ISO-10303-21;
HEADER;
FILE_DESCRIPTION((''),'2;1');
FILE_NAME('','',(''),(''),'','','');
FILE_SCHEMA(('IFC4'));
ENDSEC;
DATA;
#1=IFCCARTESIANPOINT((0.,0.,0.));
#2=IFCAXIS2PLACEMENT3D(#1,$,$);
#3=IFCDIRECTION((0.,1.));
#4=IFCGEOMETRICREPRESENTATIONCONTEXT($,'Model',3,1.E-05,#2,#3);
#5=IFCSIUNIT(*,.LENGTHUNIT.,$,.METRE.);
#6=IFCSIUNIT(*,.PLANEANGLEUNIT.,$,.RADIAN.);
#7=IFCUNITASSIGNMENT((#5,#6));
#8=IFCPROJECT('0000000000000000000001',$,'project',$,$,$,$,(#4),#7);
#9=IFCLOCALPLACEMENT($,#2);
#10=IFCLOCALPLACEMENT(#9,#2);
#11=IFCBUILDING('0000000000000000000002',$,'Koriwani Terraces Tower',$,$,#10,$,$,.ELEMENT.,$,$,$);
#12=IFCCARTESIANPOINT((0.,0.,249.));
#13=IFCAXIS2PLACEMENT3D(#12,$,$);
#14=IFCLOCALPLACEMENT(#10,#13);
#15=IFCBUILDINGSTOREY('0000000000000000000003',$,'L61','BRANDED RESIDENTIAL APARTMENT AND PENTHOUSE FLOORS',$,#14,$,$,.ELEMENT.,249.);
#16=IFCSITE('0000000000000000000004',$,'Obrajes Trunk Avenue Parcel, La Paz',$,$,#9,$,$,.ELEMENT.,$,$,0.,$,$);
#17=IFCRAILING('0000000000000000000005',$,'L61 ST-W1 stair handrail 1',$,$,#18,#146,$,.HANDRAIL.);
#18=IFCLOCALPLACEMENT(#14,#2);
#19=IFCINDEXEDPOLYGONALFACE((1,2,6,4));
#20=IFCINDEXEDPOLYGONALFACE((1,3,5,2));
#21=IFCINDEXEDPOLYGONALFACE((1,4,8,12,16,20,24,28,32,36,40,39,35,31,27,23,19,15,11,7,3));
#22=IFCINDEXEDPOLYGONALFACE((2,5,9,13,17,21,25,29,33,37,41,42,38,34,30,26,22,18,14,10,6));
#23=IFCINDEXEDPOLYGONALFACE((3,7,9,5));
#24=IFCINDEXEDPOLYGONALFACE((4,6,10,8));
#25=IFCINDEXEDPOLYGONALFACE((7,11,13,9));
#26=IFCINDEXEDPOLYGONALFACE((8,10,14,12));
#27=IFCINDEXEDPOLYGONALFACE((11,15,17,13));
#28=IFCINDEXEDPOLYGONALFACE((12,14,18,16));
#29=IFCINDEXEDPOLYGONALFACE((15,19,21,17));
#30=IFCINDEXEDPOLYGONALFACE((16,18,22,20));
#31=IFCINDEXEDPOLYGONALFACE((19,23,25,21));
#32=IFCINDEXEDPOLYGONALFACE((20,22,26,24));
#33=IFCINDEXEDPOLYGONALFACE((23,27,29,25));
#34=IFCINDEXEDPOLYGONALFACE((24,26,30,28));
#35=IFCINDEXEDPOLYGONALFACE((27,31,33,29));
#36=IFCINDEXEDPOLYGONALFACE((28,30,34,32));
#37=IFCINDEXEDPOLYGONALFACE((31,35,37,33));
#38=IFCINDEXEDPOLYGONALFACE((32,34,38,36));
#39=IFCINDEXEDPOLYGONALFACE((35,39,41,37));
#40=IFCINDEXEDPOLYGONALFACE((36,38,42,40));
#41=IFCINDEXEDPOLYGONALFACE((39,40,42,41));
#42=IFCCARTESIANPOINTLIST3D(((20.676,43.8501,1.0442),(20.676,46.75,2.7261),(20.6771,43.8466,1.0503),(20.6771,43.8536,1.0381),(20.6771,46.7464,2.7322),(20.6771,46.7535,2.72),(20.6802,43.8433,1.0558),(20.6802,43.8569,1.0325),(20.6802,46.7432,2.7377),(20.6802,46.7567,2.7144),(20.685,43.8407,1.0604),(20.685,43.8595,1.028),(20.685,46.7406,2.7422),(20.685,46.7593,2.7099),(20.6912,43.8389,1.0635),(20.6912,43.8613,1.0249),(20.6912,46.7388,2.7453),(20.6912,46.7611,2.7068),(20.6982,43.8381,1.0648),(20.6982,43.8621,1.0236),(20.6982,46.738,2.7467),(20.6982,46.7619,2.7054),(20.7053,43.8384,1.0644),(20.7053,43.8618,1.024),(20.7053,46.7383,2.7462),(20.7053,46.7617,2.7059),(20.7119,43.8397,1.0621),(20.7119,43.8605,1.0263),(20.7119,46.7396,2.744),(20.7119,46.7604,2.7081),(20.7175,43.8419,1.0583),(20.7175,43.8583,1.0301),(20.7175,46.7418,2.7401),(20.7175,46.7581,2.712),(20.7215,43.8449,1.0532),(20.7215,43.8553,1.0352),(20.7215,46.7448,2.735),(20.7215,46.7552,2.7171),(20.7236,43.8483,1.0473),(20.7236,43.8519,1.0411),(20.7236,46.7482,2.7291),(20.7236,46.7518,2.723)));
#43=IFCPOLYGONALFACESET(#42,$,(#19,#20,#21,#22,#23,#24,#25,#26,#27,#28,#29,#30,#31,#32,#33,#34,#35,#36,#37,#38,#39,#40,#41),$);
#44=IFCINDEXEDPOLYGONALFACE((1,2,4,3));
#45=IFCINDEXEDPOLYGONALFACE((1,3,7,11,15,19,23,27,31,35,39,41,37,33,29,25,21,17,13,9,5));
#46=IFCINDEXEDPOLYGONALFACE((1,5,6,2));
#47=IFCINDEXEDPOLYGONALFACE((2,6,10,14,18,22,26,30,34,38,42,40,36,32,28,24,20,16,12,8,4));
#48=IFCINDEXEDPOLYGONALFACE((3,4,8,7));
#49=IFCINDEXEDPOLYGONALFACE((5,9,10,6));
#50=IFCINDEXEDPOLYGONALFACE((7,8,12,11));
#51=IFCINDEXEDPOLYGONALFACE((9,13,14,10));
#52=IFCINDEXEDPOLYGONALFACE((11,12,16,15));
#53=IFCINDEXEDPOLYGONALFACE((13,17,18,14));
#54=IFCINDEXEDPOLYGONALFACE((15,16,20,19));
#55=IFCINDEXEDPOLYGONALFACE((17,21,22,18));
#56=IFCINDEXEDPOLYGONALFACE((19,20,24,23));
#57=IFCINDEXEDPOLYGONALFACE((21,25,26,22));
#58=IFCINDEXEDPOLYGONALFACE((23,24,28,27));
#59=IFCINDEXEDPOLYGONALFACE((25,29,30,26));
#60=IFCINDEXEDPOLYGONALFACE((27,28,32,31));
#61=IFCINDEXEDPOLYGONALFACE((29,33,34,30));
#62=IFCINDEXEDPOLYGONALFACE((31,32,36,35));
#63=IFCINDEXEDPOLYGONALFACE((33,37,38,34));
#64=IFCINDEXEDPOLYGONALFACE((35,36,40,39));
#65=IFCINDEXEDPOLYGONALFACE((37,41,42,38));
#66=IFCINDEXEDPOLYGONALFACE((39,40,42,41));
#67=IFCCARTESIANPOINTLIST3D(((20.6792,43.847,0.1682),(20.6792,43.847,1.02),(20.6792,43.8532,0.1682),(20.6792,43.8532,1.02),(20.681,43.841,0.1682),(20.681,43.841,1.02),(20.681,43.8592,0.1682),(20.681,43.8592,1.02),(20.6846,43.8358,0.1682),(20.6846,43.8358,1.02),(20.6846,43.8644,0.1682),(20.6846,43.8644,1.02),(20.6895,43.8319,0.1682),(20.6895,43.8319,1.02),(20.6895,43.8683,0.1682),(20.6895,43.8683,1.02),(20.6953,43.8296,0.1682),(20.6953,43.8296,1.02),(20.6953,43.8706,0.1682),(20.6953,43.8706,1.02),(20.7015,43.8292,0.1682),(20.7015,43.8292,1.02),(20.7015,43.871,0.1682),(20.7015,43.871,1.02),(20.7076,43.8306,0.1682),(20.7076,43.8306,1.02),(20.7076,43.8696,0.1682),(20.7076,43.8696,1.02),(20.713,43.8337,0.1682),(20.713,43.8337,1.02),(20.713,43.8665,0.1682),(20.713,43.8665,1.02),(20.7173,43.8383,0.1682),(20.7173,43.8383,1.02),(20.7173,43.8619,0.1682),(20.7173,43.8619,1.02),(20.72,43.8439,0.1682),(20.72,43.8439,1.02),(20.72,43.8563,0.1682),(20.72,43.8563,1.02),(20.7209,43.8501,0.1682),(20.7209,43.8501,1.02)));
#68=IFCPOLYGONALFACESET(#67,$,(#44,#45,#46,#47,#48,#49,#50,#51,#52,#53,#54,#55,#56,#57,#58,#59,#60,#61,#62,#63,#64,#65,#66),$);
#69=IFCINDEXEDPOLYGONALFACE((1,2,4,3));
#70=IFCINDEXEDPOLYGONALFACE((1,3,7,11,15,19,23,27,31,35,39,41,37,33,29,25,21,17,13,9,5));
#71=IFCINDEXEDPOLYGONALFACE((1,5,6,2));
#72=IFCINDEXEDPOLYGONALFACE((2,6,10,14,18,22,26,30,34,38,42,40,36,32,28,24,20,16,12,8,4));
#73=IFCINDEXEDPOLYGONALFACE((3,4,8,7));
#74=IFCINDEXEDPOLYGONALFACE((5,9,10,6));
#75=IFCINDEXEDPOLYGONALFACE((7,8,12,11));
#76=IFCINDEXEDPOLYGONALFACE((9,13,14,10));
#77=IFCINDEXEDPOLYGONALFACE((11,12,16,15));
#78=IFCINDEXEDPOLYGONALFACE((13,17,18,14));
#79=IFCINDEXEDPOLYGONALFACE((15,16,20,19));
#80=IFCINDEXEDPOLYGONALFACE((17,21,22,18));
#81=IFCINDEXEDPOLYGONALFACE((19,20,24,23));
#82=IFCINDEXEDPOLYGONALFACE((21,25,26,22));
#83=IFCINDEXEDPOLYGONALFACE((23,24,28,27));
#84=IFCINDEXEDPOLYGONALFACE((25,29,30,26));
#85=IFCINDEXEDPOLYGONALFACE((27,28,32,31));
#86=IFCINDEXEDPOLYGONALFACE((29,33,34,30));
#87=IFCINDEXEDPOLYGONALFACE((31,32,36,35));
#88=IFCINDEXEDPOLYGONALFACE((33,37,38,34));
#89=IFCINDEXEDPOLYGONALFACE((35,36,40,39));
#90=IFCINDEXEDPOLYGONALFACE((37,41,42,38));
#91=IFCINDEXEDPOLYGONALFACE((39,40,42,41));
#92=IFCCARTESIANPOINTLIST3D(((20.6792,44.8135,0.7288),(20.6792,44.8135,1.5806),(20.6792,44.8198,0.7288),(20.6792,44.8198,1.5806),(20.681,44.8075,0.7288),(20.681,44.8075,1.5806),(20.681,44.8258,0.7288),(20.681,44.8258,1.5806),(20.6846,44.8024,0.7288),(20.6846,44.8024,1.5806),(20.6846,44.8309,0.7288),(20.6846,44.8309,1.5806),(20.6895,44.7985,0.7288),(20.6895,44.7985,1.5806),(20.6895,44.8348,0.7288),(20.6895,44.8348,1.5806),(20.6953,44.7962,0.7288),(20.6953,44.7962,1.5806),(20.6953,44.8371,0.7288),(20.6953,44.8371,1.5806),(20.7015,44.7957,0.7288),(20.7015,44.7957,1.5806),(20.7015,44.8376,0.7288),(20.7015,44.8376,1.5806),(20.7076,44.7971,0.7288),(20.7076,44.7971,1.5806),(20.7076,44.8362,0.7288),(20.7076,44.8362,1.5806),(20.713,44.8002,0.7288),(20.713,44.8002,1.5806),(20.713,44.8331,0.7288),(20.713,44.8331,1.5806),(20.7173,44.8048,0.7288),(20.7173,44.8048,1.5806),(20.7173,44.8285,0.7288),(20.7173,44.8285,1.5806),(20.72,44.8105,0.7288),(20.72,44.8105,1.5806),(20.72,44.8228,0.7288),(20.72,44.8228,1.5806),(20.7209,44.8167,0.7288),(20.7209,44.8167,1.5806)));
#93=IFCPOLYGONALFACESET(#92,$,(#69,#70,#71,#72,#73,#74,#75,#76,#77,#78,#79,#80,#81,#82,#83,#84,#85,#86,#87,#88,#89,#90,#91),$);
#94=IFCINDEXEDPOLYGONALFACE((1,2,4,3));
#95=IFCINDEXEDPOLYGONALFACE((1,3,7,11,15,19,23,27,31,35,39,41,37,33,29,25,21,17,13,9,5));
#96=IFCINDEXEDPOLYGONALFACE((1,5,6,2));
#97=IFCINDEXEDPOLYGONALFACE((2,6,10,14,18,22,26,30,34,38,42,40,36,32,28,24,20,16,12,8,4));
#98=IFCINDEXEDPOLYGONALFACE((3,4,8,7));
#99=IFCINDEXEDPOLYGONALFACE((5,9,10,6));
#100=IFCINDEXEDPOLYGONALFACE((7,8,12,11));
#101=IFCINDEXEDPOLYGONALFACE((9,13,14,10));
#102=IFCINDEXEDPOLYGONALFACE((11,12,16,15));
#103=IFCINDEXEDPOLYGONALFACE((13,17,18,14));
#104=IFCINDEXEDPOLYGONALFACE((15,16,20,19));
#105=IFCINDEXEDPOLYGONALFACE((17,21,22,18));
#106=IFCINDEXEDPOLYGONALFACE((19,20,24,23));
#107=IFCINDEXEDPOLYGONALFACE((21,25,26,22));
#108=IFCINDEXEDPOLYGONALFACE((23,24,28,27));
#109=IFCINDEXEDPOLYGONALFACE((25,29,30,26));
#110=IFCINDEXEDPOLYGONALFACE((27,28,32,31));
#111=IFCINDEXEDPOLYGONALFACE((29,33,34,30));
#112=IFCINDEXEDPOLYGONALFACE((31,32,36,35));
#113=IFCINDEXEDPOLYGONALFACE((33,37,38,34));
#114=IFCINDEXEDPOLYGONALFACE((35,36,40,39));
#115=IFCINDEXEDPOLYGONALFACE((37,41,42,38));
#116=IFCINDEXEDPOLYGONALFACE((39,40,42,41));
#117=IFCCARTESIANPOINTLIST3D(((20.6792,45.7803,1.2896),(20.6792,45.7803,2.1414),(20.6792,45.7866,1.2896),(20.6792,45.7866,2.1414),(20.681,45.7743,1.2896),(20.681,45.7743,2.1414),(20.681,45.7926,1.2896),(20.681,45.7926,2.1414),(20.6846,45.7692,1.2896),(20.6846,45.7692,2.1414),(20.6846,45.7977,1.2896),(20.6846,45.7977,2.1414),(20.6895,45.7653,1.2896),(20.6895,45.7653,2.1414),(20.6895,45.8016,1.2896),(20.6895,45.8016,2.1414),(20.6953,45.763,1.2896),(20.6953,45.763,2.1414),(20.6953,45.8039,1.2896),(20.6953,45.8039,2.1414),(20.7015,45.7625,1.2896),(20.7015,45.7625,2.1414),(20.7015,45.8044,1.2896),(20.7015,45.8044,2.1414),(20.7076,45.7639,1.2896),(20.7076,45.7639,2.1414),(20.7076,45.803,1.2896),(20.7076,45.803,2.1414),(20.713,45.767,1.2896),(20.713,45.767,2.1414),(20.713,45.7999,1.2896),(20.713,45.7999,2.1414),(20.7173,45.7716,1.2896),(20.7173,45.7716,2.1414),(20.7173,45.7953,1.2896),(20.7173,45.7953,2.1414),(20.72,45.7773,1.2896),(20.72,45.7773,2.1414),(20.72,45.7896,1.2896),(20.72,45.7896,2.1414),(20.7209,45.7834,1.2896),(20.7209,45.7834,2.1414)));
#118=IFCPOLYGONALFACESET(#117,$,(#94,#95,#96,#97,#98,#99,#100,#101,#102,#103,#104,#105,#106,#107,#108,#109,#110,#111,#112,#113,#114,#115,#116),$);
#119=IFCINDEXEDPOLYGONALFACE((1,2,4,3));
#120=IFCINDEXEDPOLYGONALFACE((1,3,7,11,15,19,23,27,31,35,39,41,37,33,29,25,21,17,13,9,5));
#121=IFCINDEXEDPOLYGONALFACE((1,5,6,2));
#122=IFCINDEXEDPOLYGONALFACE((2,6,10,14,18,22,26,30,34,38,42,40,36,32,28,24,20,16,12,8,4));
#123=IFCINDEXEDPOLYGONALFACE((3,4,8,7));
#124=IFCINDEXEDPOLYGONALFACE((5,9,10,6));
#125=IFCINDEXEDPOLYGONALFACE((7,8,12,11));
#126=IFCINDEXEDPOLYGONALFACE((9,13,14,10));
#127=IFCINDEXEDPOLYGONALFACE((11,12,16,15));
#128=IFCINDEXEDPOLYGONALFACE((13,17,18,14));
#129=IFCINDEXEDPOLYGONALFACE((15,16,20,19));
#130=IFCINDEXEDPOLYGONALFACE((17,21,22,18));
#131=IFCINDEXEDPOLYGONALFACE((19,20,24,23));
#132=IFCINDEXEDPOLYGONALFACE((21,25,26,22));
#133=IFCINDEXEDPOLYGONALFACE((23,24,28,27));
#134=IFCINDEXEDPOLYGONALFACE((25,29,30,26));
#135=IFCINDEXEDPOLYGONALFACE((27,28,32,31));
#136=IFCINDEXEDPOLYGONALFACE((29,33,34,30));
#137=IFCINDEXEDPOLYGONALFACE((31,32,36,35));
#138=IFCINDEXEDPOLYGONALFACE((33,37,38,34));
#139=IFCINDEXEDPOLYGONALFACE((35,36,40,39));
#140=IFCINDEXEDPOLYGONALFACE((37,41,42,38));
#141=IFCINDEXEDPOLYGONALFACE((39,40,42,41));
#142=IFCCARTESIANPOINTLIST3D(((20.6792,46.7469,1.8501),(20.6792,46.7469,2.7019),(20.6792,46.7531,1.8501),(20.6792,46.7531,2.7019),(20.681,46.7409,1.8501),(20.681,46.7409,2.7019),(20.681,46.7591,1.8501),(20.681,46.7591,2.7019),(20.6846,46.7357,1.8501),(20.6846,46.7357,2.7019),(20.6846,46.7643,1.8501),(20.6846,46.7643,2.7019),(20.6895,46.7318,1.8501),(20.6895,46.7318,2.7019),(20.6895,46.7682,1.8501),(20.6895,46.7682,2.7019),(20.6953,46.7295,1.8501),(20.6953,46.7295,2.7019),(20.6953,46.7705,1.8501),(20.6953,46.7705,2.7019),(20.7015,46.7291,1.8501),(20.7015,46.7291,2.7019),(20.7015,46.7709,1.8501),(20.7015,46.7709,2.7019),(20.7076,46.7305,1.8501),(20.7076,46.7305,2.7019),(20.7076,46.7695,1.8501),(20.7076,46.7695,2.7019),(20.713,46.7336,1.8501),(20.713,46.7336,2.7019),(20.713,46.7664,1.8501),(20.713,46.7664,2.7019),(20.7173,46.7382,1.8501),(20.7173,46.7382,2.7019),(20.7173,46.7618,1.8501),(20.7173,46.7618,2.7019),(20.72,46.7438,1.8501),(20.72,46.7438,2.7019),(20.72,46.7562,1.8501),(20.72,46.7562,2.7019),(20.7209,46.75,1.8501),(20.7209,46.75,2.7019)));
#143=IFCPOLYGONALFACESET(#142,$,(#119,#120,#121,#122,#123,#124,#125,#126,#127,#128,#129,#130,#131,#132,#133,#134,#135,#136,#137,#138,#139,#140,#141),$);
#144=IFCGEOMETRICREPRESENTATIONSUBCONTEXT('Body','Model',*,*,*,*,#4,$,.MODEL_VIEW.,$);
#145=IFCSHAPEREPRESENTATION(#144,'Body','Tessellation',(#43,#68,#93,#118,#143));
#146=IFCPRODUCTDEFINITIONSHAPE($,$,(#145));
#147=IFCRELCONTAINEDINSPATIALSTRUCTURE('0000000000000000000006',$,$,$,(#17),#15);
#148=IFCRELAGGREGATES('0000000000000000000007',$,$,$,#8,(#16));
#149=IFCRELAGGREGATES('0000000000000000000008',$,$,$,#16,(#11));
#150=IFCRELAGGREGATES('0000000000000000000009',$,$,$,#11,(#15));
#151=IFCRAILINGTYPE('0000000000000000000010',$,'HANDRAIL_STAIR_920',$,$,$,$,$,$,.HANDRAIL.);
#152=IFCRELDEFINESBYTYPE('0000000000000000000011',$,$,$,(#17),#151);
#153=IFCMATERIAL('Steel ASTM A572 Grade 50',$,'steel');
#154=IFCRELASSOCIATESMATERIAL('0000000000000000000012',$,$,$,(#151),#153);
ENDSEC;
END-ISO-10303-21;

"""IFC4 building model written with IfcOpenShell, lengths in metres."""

from ifc_helpers import new_model, si_unit, direction, frame, origin, origin_2d, place, context, subcontext, project, spatial, circle, extrude, material, type_object, element, save


model = new_model("IFC4")

# Units and contexts
model_context = context("Model", 3, precision=1e-05, world=origin(), true_north=direction((0.0, 1.0)))
body_context = subcontext(model_context, "Body", "Model", "MODEL_VIEW")
ifc_project = project(units=[si_unit("LENGTHUNIT", "METRE"), si_unit("PLANEANGLEUNIT", "RADIAN")], contexts=[model_context])

# Site, building, storey
site_placement = place(None, origin())
site = spatial("IfcSite", under=ifc_project, at=site_placement, Name="Obrajes Trunk Avenue Parcel, La Paz", CompositionType="ELEMENT", RefElevation=0.0)
building_placement = place(site_placement, origin())
building = spatial("IfcBuilding", under=site, at=building_placement, Name="Koriwani Terraces Tower", CompositionType="ELEMENT")
storey_placement = place(building_placement, frame((0.0, 0.0, 249.0)))
storey = spatial("IfcBuildingStorey", under=building, at=storey_placement, Name="L61", Description="BRANDED RESIDENTIAL APARTMENT AND PENTHOUSE FLOORS", CompositionType="ELEMENT", Elevation=249.0)

# Shared definitions
ifc_material_1 = material(Name="Steel ASTM A572 Grade 50", Category="steel")

# Railing
railing_type_1 = type_object("IfcRailingType", Name="HANDRAIL_STAIR_920", PredefinedType="HANDRAIL", material=ifc_material_1)
railing_1_placement = place(storey_placement, frame((20.7, 43.8501, 0.1682)))
element("IfcRailing", 1, at=railing_1_placement, inside=storey, type_object=railing_type_1, Name="L61 ST-W1 stair handrail 1", PredefinedType="HANDRAIL", context=body_context, shape_type="SweptSolid", body=[
    extrude(circle(Radius=0.0239, at=origin_2d()), frame((0.0, 0.0, 0.876), z_axis=(0.0, 0.865039, 0.501705), x_axis=(-1.0, 0.0, 0.0)), (0.0, 0.0, 1.0), 3.3523),
    extrude(circle(Radius=0.021, at=origin_2d()), origin(), (0.0, 0.0, 1.0), 0.8518),
    extrude(circle(Radius=0.021, at=origin_2d()), frame((0.0, 0.9666, 0.5605)), (0.0, 0.0, 1.0), 0.8518),
    extrude(circle(Radius=0.021, at=origin_2d()), frame((0.0, 1.9333, 1.1213)), (0.0, 0.0, 1.0), 0.8518),
    extrude(circle(Radius=0.021, at=origin_2d()), frame((0.0, 2.8999, 1.6819)), (0.0, 0.0, 1.0), 0.8518),
])

save(model, "model.ifc")
